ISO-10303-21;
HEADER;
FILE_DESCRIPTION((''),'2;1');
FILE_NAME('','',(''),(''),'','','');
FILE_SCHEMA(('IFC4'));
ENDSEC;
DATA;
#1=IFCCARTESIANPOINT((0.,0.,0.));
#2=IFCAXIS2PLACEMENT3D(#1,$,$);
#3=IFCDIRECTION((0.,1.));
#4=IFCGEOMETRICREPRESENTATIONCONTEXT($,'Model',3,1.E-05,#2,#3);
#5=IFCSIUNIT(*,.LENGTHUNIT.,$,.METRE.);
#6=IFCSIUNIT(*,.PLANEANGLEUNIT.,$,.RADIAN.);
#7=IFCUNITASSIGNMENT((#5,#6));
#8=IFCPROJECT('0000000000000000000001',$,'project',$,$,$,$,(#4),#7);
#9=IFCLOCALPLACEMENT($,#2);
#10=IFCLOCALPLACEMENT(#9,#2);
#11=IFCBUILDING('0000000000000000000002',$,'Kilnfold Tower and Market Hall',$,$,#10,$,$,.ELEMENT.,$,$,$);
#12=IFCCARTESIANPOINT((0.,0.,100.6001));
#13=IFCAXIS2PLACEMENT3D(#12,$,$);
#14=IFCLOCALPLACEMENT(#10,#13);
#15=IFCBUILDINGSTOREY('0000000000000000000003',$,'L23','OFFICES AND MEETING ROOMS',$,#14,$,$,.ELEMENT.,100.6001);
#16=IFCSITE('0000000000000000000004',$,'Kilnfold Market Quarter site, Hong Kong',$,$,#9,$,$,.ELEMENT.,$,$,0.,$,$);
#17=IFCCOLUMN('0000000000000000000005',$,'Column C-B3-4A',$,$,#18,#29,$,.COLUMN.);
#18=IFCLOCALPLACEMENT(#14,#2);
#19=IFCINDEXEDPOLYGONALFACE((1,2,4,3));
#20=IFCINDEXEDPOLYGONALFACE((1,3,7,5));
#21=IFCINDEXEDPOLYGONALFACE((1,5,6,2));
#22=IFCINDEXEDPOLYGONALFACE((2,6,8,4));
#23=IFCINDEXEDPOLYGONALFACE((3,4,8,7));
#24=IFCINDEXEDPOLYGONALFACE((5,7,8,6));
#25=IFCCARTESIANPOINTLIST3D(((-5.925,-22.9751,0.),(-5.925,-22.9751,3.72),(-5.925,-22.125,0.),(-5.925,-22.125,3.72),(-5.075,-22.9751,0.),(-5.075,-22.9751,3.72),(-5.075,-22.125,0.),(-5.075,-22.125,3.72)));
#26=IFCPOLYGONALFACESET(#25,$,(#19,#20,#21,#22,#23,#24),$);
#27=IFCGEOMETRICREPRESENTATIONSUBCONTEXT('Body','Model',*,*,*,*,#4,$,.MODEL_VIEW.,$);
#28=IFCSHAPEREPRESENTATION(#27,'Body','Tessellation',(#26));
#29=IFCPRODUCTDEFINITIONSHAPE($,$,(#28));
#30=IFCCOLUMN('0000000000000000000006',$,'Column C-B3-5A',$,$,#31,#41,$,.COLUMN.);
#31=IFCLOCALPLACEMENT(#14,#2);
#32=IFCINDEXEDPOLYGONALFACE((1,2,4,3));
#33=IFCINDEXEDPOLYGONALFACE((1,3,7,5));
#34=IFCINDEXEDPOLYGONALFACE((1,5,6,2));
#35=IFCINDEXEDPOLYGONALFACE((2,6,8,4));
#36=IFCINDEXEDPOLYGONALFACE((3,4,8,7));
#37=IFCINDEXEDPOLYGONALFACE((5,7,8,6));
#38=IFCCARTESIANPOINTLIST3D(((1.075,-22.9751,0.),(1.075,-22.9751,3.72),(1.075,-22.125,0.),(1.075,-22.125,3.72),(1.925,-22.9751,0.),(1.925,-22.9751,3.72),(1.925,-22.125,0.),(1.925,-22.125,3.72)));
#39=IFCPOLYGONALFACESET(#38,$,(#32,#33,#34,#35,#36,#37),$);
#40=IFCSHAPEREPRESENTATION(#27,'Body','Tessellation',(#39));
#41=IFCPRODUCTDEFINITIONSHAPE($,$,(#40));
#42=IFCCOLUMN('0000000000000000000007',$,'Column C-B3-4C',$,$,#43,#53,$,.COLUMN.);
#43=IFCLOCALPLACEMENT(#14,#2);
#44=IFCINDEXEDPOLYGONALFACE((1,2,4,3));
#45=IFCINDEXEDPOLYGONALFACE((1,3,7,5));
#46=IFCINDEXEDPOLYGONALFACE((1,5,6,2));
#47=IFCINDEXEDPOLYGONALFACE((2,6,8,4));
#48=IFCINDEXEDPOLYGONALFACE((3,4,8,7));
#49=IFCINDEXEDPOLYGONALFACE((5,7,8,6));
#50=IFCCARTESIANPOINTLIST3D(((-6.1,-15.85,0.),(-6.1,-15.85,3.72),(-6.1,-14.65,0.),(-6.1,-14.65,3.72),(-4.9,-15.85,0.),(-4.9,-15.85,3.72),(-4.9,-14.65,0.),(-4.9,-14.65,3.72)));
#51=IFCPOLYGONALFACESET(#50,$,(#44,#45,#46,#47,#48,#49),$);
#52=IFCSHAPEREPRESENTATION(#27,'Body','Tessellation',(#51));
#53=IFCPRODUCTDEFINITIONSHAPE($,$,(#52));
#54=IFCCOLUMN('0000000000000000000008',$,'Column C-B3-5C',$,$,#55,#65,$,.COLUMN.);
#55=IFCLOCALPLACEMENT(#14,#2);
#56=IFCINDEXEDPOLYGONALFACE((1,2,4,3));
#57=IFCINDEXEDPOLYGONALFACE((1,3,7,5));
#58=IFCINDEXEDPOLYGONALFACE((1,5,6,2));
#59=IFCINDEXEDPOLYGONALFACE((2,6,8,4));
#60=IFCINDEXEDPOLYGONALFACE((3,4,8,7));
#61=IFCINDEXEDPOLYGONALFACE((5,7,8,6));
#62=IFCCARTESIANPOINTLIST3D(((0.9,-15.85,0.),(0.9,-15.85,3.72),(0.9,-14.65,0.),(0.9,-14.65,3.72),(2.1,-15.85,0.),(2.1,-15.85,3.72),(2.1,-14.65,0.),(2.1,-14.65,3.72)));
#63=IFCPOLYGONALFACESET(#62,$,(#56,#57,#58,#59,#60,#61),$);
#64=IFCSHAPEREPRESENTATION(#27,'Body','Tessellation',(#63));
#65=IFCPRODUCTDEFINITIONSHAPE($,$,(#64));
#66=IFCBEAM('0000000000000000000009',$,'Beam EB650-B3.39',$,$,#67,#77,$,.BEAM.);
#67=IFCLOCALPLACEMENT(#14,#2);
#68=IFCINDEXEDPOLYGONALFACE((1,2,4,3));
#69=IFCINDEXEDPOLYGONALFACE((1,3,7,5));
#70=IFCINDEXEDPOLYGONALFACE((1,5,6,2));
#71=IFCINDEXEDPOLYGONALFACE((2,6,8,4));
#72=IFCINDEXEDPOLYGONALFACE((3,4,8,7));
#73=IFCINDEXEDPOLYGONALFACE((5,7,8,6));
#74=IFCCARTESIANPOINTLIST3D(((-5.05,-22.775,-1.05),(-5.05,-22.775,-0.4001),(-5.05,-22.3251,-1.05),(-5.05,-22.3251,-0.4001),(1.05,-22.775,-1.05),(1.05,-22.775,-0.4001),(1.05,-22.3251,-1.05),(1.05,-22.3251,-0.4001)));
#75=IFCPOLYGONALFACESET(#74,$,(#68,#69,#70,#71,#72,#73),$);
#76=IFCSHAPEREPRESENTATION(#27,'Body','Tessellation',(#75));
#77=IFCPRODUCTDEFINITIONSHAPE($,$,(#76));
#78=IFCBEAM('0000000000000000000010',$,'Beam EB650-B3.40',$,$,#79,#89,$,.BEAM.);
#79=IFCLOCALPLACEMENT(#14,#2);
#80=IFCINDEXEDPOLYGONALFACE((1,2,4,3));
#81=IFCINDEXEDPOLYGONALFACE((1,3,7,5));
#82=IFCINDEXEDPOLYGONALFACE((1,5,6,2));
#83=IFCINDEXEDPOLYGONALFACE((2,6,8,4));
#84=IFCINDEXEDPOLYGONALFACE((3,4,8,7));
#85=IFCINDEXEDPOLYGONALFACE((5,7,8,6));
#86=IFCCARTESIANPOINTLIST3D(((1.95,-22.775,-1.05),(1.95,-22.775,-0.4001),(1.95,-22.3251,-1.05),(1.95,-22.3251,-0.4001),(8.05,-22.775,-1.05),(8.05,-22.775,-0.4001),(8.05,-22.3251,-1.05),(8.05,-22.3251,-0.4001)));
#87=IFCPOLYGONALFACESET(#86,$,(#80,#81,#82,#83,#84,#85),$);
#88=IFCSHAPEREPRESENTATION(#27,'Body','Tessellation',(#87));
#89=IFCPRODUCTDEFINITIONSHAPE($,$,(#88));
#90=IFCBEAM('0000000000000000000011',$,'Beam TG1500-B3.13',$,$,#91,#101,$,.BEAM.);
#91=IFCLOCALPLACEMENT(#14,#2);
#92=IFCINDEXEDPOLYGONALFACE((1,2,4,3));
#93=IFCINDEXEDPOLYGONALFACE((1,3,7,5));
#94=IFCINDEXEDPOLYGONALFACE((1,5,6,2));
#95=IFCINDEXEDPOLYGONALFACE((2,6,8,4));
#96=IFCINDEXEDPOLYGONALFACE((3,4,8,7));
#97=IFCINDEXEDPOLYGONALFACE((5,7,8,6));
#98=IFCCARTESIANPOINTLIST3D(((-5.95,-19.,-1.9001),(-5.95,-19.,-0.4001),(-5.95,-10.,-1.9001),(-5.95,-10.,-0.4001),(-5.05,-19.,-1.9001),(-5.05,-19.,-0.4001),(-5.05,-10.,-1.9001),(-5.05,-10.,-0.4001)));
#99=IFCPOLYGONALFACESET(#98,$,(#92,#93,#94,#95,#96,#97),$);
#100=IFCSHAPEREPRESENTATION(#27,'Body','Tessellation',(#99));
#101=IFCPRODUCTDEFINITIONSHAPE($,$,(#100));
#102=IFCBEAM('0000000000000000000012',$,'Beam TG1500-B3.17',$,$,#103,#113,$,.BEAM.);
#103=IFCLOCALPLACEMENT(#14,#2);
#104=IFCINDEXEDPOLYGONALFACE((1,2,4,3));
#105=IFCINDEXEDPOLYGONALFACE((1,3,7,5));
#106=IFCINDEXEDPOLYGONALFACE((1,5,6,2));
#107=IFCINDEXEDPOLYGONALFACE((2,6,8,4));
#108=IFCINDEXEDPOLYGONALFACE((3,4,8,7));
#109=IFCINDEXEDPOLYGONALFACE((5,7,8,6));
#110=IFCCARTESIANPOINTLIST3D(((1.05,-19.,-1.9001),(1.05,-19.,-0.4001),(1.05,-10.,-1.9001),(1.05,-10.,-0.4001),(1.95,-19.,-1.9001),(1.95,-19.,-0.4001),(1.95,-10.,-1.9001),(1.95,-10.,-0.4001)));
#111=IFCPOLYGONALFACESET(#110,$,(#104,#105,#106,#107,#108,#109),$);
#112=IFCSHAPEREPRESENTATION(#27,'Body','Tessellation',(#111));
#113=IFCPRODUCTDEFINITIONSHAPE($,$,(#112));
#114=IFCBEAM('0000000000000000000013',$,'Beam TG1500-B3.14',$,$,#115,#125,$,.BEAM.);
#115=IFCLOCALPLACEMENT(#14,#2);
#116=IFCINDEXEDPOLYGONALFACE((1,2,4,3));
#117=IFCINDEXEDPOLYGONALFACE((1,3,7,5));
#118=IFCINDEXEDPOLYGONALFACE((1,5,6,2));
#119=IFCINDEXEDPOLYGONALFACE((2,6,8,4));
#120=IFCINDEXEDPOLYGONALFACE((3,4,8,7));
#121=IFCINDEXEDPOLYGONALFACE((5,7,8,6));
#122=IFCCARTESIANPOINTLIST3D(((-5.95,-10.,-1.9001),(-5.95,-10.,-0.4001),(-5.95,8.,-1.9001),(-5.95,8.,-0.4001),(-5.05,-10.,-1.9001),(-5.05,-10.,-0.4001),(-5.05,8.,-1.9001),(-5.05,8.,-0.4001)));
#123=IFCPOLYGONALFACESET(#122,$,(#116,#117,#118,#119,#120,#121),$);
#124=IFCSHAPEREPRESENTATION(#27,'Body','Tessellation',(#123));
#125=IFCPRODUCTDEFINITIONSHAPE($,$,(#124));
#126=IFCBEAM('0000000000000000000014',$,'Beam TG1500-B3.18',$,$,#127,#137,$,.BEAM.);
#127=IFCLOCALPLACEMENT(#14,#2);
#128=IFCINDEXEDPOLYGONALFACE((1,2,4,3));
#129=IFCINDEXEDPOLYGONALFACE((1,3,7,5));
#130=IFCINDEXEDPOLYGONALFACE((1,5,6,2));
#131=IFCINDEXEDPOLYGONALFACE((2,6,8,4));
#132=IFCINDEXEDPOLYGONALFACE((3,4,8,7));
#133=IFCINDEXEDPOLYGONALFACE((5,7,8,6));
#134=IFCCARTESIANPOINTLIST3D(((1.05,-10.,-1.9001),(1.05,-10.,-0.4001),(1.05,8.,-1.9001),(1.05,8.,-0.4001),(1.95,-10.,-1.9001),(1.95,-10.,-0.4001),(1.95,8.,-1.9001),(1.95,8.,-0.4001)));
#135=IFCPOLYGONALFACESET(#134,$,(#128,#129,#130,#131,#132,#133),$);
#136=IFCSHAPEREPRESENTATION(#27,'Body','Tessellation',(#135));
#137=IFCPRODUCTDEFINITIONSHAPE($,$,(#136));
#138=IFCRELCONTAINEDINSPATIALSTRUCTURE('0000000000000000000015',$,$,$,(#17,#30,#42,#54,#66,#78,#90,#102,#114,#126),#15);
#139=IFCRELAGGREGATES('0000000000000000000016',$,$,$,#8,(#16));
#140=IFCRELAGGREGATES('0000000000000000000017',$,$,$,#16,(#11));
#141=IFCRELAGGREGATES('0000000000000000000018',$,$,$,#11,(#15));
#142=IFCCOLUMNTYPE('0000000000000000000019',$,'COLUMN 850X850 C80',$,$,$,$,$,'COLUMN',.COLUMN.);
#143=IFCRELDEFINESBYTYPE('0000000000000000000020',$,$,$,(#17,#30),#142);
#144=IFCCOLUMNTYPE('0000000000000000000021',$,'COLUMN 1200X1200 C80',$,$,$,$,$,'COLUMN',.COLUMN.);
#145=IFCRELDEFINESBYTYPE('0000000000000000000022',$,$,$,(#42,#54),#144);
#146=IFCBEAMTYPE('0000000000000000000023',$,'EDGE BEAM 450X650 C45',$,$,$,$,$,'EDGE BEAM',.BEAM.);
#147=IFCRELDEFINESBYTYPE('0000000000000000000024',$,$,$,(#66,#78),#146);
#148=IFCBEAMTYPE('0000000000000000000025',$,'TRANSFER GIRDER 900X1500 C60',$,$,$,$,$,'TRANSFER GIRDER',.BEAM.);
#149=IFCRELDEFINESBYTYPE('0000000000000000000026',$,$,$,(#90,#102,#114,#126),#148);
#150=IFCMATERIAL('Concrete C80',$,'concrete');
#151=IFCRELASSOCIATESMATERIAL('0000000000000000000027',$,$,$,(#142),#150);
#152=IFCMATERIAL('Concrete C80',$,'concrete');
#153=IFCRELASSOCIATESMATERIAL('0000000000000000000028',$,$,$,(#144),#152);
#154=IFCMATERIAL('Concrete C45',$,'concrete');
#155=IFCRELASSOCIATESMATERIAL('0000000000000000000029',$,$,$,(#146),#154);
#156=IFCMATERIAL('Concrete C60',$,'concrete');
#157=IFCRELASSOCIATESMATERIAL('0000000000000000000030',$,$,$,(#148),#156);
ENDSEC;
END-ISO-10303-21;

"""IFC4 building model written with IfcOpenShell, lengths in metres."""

from ifc_helpers import new_model, si_unit, direction, frame, origin, origin_2d, place, context, subcontext, project, spatial, rectangle, extrude, source, transform, mapped, material, material_profile, profile_set, type_object, element, save


model = new_model("IFC4")

# Units and contexts
model_context = context("Model", 3, precision=1e-05, world=origin(), true_north=direction((0.0, 1.0)))
body_context = subcontext(model_context, "Body", "Model", "MODEL_VIEW")
ifc_project = project(units=[si_unit("LENGTHUNIT", "METRE"), si_unit("PLANEANGLEUNIT", "RADIAN")], contexts=[model_context])

# Site, building, storey
site_placement = place(None, origin())
site = spatial("IfcSite", under=ifc_project, at=site_placement, Name="Kilnfold Market Quarter site, Hong Kong", CompositionType="ELEMENT", RefElevation=0.0)
building_placement = place(site_placement, origin())
building = spatial("IfcBuilding", under=site, at=building_placement, Name="Kilnfold Tower and Market Hall", CompositionType="ELEMENT")
storey_placement = place(building_placement, frame((0.0, 0.0, 100.6001)))
storey = spatial("IfcBuildingStorey", under=building, at=storey_placement, Name="L23", Description="OFFICES AND MEETING ROOMS", CompositionType="ELEMENT", Elevation=100.6001)

# Columns
ifc_material_1 = material(Name="Concrete C80", Category="concrete")
ifc_material_profile_1 = material_profile(ifc_material_1, rectangle(XDim=0.8501, YDim=0.8501, at=origin_2d()), Name="RC 850x850")
ifc_profile_set_1 = profile_set([ifc_material_profile_1], Name="Concrete C80")
column_type_1 = type_object("IfcColumnType", Name="COLUMN 850X850 C80", ElementType="COLUMN", PredefinedType="COLUMN", material=ifc_profile_set_1)
shared_shape_1 = source(origin(), body_context, "Body", "SweptSolid", [
    extrude(rectangle(XDim=0.8501, YDim=0.8501, at=origin_2d()), origin(), (0.0, 0.0, 1.0), 3.72),
])
for number, where, z_axis, x_axis, name in (
    (1, (-5.5, -22.55, 0.0), (0.0, 0.0, 1.0), (1.0, 0.0, 0.0), "Column C-B3-4A"),
    (2, (1.5, -22.55, 0.0), (0.0, 0.0, 1.0), (1.0, 0.0, 0.0), "Column C-B3-5A"),
):
    element("IfcColumn", number, at=place(storey_placement, frame(where, z_axis=z_axis, x_axis=x_axis)), inside=storey, type_object=column_type_1, Name=name, PredefinedType="COLUMN", context=body_context, shape_type="MappedRepresentation", body=[
        mapped(shared_shape_1, transform((0.0, 0.0, 0.0))),
    ])
ifc_material_2 = material(Name="Concrete C80", Category="concrete")
ifc_material_profile_2 = material_profile(ifc_material_2, rectangle(XDim=1.2, YDim=1.2, at=origin_2d()), Name="RC 1200x1200")
ifc_profile_set_2 = profile_set([ifc_material_profile_2], Name="Concrete C80")
column_type_2 = type_object("IfcColumnType", Name="COLUMN 1200X1200 C80", ElementType="COLUMN", PredefinedType="COLUMN", material=ifc_profile_set_2)
shared_shape_2 = source(origin(), body_context, "Body", "SweptSolid", [
    extrude(rectangle(XDim=1.2, YDim=1.2, at=origin_2d()), origin(), (0.0, 0.0, 1.0), 3.72),
])
for number, where, z_axis, x_axis, name in (
    (3, (-5.5, -15.25, 0.0), (0.0, 0.0, 1.0), (1.0, 0.0, 0.0), "Column C-B3-4C"),
    (4, (1.5, -15.25, 0.0), (0.0, 0.0, 1.0), (1.0, 0.0, 0.0), "Column C-B3-5C"),
):
    element("IfcColumn", number, at=place(storey_placement, frame(where, z_axis=z_axis, x_axis=x_axis)), inside=storey, type_object=column_type_2, Name=name, PredefinedType="COLUMN", context=body_context, shape_type="MappedRepresentation", body=[
        mapped(shared_shape_2, transform((0.0, 0.0, 0.0))),
    ])

# Beams
ifc_material_3 = material(Name="Concrete C45", Category="concrete")
ifc_material_profile_3 = material_profile(ifc_material_3, rectangle(XDim=0.45, YDim=0.6499, at=origin_2d()), Name="RC 450x650")
ifc_profile_set_3 = profile_set([ifc_material_profile_3], Name="Concrete C45")
beam_type_1 = type_object("IfcBeamType", Name="EDGE BEAM 450X650 C45", ElementType="EDGE BEAM", PredefinedType="BEAM", material=ifc_profile_set_3)
shared_shape_3 = source(origin(), body_context, "Body", "SweptSolid", [
    extrude(rectangle(XDim=0.45, YDim=0.6499, at=origin_2d()), origin(), (0.0, 0.0, 1.0), 6.1001),
])
for number, where, z_axis, x_axis, name in (
    (5, (-5.05, -22.55, -0.7251), (1.0, 0.0, 0.0), (0.0, 1.0, 0.0), "Beam EB650-B3.39"),
    (6, (1.95, -22.55, -0.7251), (1.0, 0.0, 0.0), (0.0, 1.0, 0.0), "Beam EB650-B3.40"),
):
    element("IfcBeam", number, at=place(storey_placement, frame(where, z_axis=z_axis, x_axis=x_axis)), inside=storey, type_object=beam_type_1, Name=name, PredefinedType="BEAM", context=body_context, shape_type="MappedRepresentation", body=[
        mapped(shared_shape_3, transform((0.0, 0.0, 0.0))),
    ])
ifc_material_4 = material(Name="Concrete C60", Category="concrete")
ifc_material_profile_4 = material_profile(ifc_material_4, rectangle(XDim=0.8999, YDim=1.5, at=origin_2d()), Name="RC 900x1500")
ifc_profile_set_4 = profile_set([ifc_material_profile_4], Name="Concrete C60")
beam_type_2 = type_object("IfcBeamType", Name="TRANSFER GIRDER 900X1500 C60", ElementType="TRANSFER GIRDER", PredefinedType="BEAM", material=ifc_profile_set_4)
shared_shape_4 = source(origin(), body_context, "Body", "SweptSolid", [
    extrude(rectangle(XDim=0.8999, YDim=1.5, at=origin_2d()), origin(), (0.0, 0.0, 1.0), 9.0),
])
for number, where, z_axis, x_axis, name in (
    (7, (-5.5, -19.0, -1.1501), (0.0, 1.0, 0.0), (-1.0, 0.0, 0.0), "Beam TG1500-B3.13"),
    (8, (1.5, -19.0, -1.1501), (0.0, 1.0, 0.0), (-1.0, 0.0, 0.0), "Beam TG1500-B3.17"),
):
    element("IfcBeam", number, at=place(storey_placement, frame(where, z_axis=z_axis, x_axis=x_axis)), inside=storey, type_object=beam_type_2, Name=name, PredefinedType="BEAM", context=body_context, shape_type="MappedRepresentation", body=[
        mapped(shared_shape_4, transform((0.0, 0.0, 0.0))),
    ])
shared_shape_5 = source(origin(), body_context, "Body", "SweptSolid", [
    extrude(rectangle(XDim=0.8999, YDim=1.5, at=origin_2d()), origin(), (0.0, 0.0, 1.0), 18.0),
])
for number, where, z_axis, x_axis, name in (
    (9, (-5.5, -10.0, -1.1501), (0.0, 1.0, 0.0), (-1.0, 0.0, 0.0), "Beam TG1500-B3.14"),
    (10, (1.5, -10.0, -1.1501), (0.0, 1.0, 0.0), (-1.0, 0.0, 0.0), "Beam TG1500-B3.18"),
):
    element("IfcBeam", number, at=place(storey_placement, frame(where, z_axis=z_axis, x_axis=x_axis)), inside=storey, type_object=beam_type_2, Name=name, PredefinedType="BEAM", context=body_context, shape_type="MappedRepresentation", body=[
        mapped(shared_shape_5, transform((0.0, 0.0, 0.0))),
    ])

save(model, "model.ifc")
